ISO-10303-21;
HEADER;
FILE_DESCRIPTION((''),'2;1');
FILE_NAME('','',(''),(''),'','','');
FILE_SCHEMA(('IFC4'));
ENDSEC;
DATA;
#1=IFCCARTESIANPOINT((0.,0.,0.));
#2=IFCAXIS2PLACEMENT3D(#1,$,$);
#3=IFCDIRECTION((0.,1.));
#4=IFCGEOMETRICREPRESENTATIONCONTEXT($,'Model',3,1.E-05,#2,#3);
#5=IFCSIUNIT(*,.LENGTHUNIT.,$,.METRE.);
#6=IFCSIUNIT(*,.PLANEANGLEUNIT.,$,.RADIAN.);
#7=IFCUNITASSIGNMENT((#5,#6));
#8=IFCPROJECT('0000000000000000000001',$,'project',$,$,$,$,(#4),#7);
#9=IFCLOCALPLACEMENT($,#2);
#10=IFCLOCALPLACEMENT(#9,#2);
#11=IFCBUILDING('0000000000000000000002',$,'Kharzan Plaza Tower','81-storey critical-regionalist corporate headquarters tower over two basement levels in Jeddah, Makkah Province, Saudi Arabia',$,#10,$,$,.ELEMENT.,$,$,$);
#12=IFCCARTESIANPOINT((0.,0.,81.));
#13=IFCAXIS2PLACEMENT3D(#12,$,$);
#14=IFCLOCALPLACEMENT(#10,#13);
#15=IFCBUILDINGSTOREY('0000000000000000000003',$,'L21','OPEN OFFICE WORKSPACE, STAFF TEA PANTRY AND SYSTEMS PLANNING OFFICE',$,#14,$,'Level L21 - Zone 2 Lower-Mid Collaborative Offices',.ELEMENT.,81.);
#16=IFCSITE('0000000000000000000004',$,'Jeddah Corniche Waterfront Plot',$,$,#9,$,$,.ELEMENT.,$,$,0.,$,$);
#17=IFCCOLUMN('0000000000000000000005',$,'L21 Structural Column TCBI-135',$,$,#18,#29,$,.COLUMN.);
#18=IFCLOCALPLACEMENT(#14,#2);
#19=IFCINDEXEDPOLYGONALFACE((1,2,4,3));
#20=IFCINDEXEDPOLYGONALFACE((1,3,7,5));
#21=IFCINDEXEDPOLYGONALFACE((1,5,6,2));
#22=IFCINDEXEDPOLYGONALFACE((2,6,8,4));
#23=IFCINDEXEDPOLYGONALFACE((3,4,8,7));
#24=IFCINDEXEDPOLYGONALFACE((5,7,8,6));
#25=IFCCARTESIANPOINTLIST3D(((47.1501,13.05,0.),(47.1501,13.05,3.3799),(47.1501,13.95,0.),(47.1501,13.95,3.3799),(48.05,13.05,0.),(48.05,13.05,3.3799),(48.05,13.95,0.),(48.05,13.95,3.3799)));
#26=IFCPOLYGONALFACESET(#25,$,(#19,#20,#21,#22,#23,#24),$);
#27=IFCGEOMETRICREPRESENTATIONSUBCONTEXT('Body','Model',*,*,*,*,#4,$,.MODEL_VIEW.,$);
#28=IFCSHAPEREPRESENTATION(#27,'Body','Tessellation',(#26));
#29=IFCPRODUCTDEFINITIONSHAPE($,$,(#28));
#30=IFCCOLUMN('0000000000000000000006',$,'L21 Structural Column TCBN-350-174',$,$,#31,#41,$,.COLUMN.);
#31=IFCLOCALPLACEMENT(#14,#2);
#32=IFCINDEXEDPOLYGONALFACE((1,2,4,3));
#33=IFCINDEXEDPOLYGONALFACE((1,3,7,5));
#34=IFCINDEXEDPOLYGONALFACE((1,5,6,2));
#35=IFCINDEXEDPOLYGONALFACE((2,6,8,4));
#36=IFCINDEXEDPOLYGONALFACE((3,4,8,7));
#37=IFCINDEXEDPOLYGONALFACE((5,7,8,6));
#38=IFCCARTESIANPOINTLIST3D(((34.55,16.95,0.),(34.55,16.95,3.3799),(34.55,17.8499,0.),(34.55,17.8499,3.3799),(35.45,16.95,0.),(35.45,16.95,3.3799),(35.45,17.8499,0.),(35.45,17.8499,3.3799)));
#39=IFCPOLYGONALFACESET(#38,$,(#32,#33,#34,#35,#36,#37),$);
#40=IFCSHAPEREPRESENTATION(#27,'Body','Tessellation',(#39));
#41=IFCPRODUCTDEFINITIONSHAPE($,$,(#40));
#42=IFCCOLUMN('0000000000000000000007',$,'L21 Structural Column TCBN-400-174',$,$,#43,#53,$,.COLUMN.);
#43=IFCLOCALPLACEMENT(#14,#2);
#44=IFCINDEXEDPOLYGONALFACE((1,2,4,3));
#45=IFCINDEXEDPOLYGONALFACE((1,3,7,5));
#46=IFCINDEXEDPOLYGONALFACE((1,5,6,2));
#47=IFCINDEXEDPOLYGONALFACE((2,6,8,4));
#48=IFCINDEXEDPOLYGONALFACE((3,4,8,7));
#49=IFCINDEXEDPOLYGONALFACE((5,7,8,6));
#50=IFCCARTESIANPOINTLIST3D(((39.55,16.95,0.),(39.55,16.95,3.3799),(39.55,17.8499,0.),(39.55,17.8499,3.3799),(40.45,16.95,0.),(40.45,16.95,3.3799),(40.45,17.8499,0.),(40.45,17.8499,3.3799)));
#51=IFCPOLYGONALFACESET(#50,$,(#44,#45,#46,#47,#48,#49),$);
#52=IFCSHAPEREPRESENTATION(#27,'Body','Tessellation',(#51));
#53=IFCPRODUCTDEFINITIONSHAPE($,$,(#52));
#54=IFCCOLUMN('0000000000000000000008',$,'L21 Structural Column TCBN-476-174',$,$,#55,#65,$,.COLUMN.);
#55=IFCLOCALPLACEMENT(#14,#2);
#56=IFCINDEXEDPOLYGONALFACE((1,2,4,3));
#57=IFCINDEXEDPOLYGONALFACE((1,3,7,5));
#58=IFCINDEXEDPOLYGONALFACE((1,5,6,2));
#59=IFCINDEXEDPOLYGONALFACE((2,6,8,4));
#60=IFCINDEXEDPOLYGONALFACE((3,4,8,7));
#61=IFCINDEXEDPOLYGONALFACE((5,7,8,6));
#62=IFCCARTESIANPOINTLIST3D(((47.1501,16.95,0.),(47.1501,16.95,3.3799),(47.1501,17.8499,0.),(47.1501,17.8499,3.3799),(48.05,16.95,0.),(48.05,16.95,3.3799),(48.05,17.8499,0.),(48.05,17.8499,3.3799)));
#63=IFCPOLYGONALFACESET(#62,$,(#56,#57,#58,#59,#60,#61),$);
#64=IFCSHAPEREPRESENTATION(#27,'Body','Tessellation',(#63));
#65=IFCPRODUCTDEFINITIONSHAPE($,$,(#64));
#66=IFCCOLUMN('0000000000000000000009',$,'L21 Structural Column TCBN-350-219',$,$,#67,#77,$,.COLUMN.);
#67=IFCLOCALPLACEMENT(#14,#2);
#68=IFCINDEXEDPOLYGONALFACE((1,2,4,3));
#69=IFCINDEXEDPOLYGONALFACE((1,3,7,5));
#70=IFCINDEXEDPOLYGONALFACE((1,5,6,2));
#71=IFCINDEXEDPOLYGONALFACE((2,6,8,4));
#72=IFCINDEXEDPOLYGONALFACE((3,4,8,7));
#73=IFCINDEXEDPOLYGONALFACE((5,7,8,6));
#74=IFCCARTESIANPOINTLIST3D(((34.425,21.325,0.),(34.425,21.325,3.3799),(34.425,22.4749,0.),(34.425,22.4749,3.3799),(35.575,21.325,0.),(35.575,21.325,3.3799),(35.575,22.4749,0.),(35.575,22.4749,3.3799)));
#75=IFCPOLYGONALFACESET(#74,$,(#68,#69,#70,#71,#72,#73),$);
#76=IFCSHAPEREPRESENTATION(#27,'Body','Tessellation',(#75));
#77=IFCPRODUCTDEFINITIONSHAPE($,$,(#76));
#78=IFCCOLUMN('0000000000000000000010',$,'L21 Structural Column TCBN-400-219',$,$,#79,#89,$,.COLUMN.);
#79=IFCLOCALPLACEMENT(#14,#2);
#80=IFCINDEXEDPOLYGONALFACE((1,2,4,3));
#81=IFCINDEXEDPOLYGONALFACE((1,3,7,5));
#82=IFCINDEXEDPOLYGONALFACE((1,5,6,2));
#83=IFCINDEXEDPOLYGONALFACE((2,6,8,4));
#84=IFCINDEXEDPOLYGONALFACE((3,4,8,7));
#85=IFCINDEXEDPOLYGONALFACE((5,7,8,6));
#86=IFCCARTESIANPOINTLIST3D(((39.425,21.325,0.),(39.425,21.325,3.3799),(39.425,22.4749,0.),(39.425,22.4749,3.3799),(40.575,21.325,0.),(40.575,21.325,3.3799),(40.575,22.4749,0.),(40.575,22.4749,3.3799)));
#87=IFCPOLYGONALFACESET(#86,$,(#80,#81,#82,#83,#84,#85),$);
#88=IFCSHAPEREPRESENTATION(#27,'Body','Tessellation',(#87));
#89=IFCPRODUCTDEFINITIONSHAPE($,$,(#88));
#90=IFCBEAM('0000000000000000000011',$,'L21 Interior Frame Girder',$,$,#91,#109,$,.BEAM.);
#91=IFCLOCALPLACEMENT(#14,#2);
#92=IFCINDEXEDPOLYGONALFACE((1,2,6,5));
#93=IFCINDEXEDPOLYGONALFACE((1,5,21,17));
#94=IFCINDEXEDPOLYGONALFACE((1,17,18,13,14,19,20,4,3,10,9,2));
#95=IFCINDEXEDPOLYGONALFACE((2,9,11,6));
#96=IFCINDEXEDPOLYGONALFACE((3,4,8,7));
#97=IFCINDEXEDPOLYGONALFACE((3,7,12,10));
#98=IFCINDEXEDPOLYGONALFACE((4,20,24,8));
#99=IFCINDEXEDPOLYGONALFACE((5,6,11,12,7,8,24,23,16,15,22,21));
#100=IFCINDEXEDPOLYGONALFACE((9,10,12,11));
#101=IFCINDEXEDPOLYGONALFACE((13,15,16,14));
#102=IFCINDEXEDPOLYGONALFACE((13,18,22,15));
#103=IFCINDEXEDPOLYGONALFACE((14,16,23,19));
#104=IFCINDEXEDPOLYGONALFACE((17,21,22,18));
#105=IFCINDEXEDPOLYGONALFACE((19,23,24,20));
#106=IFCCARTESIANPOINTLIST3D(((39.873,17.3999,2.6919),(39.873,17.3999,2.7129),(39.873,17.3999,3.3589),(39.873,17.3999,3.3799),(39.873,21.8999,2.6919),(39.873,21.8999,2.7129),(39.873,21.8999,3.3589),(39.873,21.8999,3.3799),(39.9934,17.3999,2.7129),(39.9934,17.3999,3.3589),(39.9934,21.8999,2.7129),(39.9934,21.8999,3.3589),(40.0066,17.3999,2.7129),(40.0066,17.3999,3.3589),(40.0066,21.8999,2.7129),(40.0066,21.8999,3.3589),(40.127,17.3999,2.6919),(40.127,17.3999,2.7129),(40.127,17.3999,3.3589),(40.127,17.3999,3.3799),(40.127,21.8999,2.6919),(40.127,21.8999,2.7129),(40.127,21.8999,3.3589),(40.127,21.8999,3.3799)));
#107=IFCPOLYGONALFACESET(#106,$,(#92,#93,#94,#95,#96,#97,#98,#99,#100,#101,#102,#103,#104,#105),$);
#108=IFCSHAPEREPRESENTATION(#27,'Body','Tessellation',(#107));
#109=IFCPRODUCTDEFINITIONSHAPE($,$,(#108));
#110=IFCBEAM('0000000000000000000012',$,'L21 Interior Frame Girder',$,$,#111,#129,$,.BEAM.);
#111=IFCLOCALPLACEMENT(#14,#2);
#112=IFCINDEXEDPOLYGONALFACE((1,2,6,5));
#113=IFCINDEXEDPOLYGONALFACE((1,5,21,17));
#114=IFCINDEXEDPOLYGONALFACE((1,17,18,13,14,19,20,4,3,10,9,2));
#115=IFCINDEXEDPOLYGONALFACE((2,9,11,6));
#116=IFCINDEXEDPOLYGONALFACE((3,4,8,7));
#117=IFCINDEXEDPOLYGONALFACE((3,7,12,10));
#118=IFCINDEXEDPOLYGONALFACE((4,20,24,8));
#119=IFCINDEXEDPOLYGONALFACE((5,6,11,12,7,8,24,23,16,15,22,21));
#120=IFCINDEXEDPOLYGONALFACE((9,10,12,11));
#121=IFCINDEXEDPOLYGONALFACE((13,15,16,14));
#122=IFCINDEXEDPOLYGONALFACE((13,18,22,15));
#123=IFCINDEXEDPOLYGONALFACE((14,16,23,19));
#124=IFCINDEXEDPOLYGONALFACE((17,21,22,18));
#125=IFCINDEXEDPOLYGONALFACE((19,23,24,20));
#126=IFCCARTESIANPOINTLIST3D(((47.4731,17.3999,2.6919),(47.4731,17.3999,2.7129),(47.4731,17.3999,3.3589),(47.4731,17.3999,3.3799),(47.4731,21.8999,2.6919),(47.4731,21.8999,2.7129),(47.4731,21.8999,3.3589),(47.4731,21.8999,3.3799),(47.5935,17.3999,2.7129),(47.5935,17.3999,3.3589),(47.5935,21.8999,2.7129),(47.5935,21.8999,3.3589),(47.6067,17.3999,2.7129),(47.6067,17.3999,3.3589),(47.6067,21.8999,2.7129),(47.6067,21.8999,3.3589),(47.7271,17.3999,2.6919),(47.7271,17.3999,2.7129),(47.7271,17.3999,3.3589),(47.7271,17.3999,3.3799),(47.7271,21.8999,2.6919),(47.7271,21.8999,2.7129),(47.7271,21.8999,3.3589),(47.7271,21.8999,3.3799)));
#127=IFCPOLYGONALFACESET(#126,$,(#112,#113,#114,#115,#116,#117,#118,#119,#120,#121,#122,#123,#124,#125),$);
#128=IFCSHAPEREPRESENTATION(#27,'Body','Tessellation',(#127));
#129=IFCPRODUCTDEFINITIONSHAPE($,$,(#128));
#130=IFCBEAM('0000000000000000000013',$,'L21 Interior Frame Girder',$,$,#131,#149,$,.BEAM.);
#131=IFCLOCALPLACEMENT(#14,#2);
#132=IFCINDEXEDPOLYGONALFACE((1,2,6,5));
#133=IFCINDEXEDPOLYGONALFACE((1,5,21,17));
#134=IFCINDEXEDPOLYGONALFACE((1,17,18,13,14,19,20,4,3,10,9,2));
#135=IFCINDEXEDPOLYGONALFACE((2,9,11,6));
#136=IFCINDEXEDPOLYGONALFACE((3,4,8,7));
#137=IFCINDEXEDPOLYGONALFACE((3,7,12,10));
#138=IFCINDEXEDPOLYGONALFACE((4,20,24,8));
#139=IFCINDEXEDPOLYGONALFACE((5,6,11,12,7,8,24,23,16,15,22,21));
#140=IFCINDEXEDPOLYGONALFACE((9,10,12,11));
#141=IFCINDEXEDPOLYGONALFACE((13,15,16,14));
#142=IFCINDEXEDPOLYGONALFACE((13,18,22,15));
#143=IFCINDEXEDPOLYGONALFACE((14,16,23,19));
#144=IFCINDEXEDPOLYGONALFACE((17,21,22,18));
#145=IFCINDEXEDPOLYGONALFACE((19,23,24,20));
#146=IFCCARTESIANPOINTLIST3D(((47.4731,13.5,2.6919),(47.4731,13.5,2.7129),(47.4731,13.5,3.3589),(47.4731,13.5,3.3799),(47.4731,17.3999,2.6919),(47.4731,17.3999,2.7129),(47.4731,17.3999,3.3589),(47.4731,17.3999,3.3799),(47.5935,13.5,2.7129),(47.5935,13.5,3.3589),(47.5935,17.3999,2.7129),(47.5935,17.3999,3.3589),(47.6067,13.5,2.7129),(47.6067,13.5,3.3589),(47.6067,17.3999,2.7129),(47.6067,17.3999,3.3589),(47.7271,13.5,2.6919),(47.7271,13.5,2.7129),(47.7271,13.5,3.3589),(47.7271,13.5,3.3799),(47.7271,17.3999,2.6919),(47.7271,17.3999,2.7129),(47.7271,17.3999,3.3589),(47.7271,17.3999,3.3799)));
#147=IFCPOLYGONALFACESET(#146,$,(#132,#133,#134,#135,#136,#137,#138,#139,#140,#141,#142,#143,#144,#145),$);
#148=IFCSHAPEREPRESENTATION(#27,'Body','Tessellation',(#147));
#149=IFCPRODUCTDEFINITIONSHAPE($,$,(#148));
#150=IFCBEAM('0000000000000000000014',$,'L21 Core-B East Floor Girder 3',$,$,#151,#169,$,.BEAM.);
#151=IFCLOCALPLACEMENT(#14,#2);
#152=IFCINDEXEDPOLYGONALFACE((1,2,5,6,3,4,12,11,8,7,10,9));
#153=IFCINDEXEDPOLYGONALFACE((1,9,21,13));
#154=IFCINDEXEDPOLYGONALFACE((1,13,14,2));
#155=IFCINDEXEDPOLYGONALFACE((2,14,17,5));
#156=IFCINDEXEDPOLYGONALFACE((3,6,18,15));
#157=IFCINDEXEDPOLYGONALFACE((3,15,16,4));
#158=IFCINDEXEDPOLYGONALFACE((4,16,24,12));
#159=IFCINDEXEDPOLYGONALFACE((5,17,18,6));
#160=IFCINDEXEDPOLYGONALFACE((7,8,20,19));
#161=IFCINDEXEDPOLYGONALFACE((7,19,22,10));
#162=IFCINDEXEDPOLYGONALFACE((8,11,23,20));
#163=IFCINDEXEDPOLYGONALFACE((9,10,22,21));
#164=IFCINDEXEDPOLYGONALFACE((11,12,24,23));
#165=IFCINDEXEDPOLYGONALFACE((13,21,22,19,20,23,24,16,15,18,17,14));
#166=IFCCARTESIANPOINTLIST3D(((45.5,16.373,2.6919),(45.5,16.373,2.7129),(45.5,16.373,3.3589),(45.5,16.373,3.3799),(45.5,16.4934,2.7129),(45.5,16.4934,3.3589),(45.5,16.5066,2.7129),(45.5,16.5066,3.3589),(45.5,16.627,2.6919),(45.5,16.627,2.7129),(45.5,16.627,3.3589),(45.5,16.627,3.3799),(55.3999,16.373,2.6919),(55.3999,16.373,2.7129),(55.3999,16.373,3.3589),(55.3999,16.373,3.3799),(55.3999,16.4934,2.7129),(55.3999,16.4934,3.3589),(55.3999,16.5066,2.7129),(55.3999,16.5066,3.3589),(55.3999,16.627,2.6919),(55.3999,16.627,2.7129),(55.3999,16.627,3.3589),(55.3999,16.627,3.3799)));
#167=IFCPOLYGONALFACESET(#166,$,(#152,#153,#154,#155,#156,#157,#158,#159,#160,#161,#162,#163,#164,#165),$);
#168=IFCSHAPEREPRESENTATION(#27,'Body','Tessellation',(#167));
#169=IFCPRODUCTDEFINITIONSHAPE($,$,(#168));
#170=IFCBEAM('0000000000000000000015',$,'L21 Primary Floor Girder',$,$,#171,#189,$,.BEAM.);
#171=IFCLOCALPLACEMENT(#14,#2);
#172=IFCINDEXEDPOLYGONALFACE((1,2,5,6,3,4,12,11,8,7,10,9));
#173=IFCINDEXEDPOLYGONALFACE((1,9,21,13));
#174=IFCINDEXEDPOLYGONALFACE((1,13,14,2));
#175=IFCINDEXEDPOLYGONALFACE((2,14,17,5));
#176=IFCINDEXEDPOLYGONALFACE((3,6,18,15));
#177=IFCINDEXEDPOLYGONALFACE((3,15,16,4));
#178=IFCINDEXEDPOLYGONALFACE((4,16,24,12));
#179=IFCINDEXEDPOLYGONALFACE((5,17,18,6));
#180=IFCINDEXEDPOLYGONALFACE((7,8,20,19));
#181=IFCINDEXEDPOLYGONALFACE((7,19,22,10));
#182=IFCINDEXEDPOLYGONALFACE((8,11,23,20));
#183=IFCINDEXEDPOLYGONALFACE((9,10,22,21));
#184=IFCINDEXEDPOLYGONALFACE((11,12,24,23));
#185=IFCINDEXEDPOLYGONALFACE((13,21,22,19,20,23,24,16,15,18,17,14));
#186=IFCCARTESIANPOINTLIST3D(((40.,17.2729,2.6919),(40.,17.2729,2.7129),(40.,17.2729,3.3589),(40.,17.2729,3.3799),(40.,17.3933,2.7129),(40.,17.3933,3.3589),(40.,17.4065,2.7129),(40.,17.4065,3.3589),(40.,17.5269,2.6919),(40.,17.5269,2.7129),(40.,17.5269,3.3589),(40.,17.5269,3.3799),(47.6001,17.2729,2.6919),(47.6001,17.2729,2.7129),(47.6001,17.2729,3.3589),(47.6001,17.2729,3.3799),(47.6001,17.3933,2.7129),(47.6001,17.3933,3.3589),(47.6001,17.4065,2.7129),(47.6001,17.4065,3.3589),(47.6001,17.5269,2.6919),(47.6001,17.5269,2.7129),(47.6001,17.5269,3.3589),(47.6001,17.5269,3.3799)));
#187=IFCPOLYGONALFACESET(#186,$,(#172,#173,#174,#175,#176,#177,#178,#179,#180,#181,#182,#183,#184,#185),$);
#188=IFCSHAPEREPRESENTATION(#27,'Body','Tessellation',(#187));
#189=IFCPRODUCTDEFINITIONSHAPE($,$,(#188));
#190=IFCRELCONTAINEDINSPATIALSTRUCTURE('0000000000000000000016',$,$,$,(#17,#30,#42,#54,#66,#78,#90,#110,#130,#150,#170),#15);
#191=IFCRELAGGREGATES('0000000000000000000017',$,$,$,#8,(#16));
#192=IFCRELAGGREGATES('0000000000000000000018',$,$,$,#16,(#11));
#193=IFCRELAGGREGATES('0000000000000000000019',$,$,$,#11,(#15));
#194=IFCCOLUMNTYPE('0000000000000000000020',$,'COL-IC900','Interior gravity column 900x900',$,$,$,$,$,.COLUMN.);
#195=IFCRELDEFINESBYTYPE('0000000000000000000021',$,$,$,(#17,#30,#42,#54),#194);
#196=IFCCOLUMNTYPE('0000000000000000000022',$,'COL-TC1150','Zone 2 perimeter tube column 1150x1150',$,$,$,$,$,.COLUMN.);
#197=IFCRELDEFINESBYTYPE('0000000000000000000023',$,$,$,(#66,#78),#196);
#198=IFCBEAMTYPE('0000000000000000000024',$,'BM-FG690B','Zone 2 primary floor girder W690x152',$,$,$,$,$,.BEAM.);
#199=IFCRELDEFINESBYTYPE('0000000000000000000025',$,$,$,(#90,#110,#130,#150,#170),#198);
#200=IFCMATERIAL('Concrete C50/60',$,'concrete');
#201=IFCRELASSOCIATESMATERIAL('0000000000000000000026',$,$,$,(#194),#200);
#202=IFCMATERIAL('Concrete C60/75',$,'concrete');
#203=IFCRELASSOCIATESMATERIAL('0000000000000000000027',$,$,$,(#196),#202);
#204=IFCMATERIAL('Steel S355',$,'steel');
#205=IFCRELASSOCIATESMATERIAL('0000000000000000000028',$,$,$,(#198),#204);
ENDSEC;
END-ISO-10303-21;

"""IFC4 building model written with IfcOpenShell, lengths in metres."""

from ifc_helpers import new_model, si_unit, direction, frame, origin, origin_2d, place, context, subcontext, project, spatial, rectangle, i_section, extrude, source, transform, mapped, material, material_profile, profile_set, type_object, element, save


model = new_model("IFC4")

# Units and contexts
model_context = context("Model", 3, precision=1e-05, world=origin(), true_north=direction((0.0, 1.0)))
body_context = subcontext(model_context, "Body", "Model", "MODEL_VIEW")
ifc_project = project(units=[si_unit("LENGTHUNIT", "METRE"), si_unit("PLANEANGLEUNIT", "RADIAN")], contexts=[model_context])

# Site, building, storey
site_placement = place(None, origin())
site = spatial("IfcSite", under=ifc_project, at=site_placement, Name="Jeddah Corniche Waterfront Plot", CompositionType="ELEMENT", RefElevation=0.0)
building_placement = place(site_placement, origin())
building = spatial("IfcBuilding", under=site, at=building_placement, Name="Kharzan Plaza Tower", Description="81-storey critical-regionalist corporate headquarters tower over two basement levels in Jeddah, Makkah Province, Saudi Arabia", CompositionType="ELEMENT")
storey_placement = place(building_placement, frame((0.0, 0.0, 81.0)))
storey = spatial("IfcBuildingStorey", under=building, at=storey_placement, Name="L21", Description="OPEN OFFICE WORKSPACE, STAFF TEA PANTRY AND SYSTEMS PLANNING OFFICE", LongName="Level L21 - Zone 2 Lower-Mid Collaborative Offices", CompositionType="ELEMENT", Elevation=81.0)

# Columns
ifc_material_1 = material(Name="Concrete C50/60", Category="concrete")
ifc_material_profile_1 = material_profile(ifc_material_1, rectangle(XDim=0.8999, YDim=0.8999, at=origin_2d()), Name="RC-IC900x900")
ifc_profile_set_1 = profile_set([ifc_material_profile_1], Name="Concrete C50/60")
column_type_1 = type_object("IfcColumnType", Name="COL-IC900", Description="Interior gravity column 900x900", PredefinedType="COLUMN", material=ifc_profile_set_1)
shared_shape_1 = source(origin(), body_context, "Body", "SweptSolid", [
    extrude(rectangle(XDim=0.8999, YDim=0.8999, at=origin_2d()), origin(), (0.0, 0.0, 1.0), 3.3799),
])
for number, where, z_axis, x_axis, name in (
    (1, (47.6001, 13.5, 0.0), (0.0, 0.0, 1.0), (1.0, 0.0, 0.0), "L21 Structural Column TCBI-135"),
    (2, (35.0, 17.3999, 0.0), (0.0, 0.0, 1.0), (1.0, 0.0, 0.0), "L21 Structural Column TCBN-350-174"),
    (3, (40.0, 17.3999, 0.0), (0.0, 0.0, 1.0), (1.0, 0.0, 0.0), "L21 Structural Column TCBN-400-174"),
    (4, (47.6001, 17.3999, 0.0), (0.0, 0.0, 1.0), (1.0, 0.0, 0.0), "L21 Structural Column TCBN-476-174"),
):
    element("IfcColumn", number, at=place(storey_placement, frame(where, z_axis=z_axis, x_axis=x_axis)), inside=storey, type_object=column_type_1, Name=name, PredefinedType="COLUMN", context=body_context, shape_type="MappedRepresentation", body=[
        mapped(shared_shape_1, transform((0.0, 0.0, 0.0), x_axis=(1.0, 0.0, 0.0), y_axis=(0.0, 1.0, 0.0), z_axis=(0.0, 0.0, 1.0))),
    ])
ifc_material_2 = material(Name="Concrete C60/75", Category="concrete")
ifc_material_profile_2 = material_profile(ifc_material_2, rectangle(XDim=1.1499, YDim=1.1499, at=origin_2d()), Name="RC-TC1150x1150")
ifc_profile_set_2 = profile_set([ifc_material_profile_2], Name="Concrete C60/75")
column_type_2 = type_object("IfcColumnType", Name="COL-TC1150", Description="Zone 2 perimeter tube column 1150x1150", PredefinedType="COLUMN", material=ifc_profile_set_2)
shared_shape_2 = source(origin(), body_context, "Body", "SweptSolid", [
    extrude(rectangle(XDim=1.1499, YDim=1.1499, at=origin_2d()), origin(), (0.0, 0.0, 1.0), 3.3799),
])
for number, where, z_axis, x_axis, name in (
    (5, (35.0, 21.8999, 0.0), (0.0, 0.0, 1.0), (1.0, 0.0, 0.0), "L21 Structural Column TCBN-350-219"),
    (6, (40.0, 21.8999, 0.0), (0.0, 0.0, 1.0), (1.0, 0.0, 0.0), "L21 Structural Column TCBN-400-219"),
):
    element("IfcColumn", number, at=place(storey_placement, frame(where, z_axis=z_axis, x_axis=x_axis)), inside=storey, type_object=column_type_2, Name=name, PredefinedType="COLUMN", context=body_context, shape_type="MappedRepresentation", body=[
        mapped(shared_shape_2, transform((0.0, 0.0, 0.0), x_axis=(1.0, 0.0, 0.0), y_axis=(0.0, 1.0, 0.0), z_axis=(0.0, 0.0, 1.0))),
    ])

# Beams
ifc_material_3 = material(Name="Steel S355", Category="steel")
ifc_material_profile_3 = material_profile(ifc_material_3, i_section(OverallWidth=0.2539, OverallDepth=0.688, WebThickness=0.0132, FlangeThickness=0.021, at=origin_2d()), Name="W690x152")
ifc_profile_set_3 = profile_set([ifc_material_profile_3], Name="Steel S355")
beam_type_1 = type_object("IfcBeamType", Name="BM-FG690B", Description="Zone 2 primary floor girder W690x152", PredefinedType="BEAM", material=ifc_profile_set_3)
shared_shape_3 = source(origin(), body_context, "Body", "SweptSolid", [
    extrude(i_section(OverallWidth=0.2539, OverallDepth=0.688, WebThickness=0.0132, FlangeThickness=0.021, at=origin_2d()), origin(), (0.0, 0.0, 1.0), 4.5),
])
for number, where, z_axis, x_axis, name in (
    (7, (40.0, 17.3999, 3.0359), (0.0, 1.0, 0.0), (-1.0, 0.0, 0.0), "L21 Interior Frame Girder"),
    (8, (47.6001, 17.3999, 3.0359), (0.0, 1.0, 0.0), (-1.0, 0.0, 0.0), "L21 Interior Frame Girder"),
):
    element("IfcBeam", number, at=place(storey_placement, frame(where, z_axis=z_axis, x_axis=x_axis)), inside=storey, type_object=beam_type_1, Name=name, PredefinedType="BEAM", context=body_context, shape_type="MappedRepresentation", body=[
        mapped(shared_shape_3, transform((0.0, 0.0, 0.0), x_axis=(1.0, 0.0, 0.0), y_axis=(0.0, 1.0, 0.0), z_axis=(0.0, 0.0, 1.0))),
    ])
shared_shape_4 = source(origin(), body_context, "Body", "SweptSolid", [
    extrude(i_section(OverallWidth=0.2539, OverallDepth=0.688, WebThickness=0.0132, FlangeThickness=0.021, at=origin_2d()), origin(), (0.0, 0.0, 1.0), 3.8999),
])
beam_1_placement = place(storey_placement, frame((47.6001, 13.5, 3.0359), z_axis=(0.0, 1.0, 0.0), x_axis=(-1.0, 0.0, 0.0)))
element("IfcBeam", 9, at=beam_1_placement, inside=storey, type_object=beam_type_1, Name="L21 Interior Frame Girder", PredefinedType="BEAM", context=body_context, shape_type="MappedRepresentation", body=[
    mapped(shared_shape_4, transform((0.0, 0.0, 0.0), x_axis=(1.0, 0.0, 0.0), y_axis=(0.0, 1.0, 0.0), z_axis=(0.0, 0.0, 1.0))),
])
shared_shape_5 = source(origin(), body_context, "Body", "SweptSolid", [
    extrude(i_section(OverallWidth=0.2539, OverallDepth=0.688, WebThickness=0.0132, FlangeThickness=0.021, at=origin_2d()), origin(), (0.0, 0.0, 1.0), 9.8999),
])
beam_2_placement = place(storey_placement, frame((45.5, 16.5, 3.0359), z_axis=(1.0, 0.0, 0.0), x_axis=(0.0, 1.0, 0.0)))
element("IfcBeam", 10, at=beam_2_placement, inside=storey, type_object=beam_type_1, Name="L21 Core-B East Floor Girder 3", PredefinedType="BEAM", context=body_context, shape_type="MappedRepresentation", body=[
    mapped(shared_shape_5, transform((0.0, 0.0, 0.0), x_axis=(1.0, 0.0, 0.0), y_axis=(0.0, 1.0, 0.0), z_axis=(0.0, 0.0, 1.0))),
])
shared_shape_6 = source(origin(), body_context, "Body", "SweptSolid", [
    extrude(i_section(OverallWidth=0.2539, OverallDepth=0.688, WebThickness=0.0132, FlangeThickness=0.021, at=origin_2d()), origin(), (0.0, 0.0, 1.0), 7.6001),
])
beam_3_placement = place(storey_placement, frame((40.0, 17.3999, 3.0359), z_axis=(1.0, 0.0, 0.0), x_axis=(0.0, 1.0, 0.0)))
element("IfcBeam", 11, at=beam_3_placement, inside=storey, type_object=beam_type_1, Name="L21 Primary Floor Girder", PredefinedType="BEAM", context=body_context, shape_type="MappedRepresentation", body=[
    mapped(shared_shape_6, transform((0.0, 0.0, 0.0), x_axis=(1.0, 0.0, 0.0), y_axis=(0.0, 1.0, 0.0), z_axis=(0.0, 0.0, 1.0))),
])

save(model, "model.ifc")
